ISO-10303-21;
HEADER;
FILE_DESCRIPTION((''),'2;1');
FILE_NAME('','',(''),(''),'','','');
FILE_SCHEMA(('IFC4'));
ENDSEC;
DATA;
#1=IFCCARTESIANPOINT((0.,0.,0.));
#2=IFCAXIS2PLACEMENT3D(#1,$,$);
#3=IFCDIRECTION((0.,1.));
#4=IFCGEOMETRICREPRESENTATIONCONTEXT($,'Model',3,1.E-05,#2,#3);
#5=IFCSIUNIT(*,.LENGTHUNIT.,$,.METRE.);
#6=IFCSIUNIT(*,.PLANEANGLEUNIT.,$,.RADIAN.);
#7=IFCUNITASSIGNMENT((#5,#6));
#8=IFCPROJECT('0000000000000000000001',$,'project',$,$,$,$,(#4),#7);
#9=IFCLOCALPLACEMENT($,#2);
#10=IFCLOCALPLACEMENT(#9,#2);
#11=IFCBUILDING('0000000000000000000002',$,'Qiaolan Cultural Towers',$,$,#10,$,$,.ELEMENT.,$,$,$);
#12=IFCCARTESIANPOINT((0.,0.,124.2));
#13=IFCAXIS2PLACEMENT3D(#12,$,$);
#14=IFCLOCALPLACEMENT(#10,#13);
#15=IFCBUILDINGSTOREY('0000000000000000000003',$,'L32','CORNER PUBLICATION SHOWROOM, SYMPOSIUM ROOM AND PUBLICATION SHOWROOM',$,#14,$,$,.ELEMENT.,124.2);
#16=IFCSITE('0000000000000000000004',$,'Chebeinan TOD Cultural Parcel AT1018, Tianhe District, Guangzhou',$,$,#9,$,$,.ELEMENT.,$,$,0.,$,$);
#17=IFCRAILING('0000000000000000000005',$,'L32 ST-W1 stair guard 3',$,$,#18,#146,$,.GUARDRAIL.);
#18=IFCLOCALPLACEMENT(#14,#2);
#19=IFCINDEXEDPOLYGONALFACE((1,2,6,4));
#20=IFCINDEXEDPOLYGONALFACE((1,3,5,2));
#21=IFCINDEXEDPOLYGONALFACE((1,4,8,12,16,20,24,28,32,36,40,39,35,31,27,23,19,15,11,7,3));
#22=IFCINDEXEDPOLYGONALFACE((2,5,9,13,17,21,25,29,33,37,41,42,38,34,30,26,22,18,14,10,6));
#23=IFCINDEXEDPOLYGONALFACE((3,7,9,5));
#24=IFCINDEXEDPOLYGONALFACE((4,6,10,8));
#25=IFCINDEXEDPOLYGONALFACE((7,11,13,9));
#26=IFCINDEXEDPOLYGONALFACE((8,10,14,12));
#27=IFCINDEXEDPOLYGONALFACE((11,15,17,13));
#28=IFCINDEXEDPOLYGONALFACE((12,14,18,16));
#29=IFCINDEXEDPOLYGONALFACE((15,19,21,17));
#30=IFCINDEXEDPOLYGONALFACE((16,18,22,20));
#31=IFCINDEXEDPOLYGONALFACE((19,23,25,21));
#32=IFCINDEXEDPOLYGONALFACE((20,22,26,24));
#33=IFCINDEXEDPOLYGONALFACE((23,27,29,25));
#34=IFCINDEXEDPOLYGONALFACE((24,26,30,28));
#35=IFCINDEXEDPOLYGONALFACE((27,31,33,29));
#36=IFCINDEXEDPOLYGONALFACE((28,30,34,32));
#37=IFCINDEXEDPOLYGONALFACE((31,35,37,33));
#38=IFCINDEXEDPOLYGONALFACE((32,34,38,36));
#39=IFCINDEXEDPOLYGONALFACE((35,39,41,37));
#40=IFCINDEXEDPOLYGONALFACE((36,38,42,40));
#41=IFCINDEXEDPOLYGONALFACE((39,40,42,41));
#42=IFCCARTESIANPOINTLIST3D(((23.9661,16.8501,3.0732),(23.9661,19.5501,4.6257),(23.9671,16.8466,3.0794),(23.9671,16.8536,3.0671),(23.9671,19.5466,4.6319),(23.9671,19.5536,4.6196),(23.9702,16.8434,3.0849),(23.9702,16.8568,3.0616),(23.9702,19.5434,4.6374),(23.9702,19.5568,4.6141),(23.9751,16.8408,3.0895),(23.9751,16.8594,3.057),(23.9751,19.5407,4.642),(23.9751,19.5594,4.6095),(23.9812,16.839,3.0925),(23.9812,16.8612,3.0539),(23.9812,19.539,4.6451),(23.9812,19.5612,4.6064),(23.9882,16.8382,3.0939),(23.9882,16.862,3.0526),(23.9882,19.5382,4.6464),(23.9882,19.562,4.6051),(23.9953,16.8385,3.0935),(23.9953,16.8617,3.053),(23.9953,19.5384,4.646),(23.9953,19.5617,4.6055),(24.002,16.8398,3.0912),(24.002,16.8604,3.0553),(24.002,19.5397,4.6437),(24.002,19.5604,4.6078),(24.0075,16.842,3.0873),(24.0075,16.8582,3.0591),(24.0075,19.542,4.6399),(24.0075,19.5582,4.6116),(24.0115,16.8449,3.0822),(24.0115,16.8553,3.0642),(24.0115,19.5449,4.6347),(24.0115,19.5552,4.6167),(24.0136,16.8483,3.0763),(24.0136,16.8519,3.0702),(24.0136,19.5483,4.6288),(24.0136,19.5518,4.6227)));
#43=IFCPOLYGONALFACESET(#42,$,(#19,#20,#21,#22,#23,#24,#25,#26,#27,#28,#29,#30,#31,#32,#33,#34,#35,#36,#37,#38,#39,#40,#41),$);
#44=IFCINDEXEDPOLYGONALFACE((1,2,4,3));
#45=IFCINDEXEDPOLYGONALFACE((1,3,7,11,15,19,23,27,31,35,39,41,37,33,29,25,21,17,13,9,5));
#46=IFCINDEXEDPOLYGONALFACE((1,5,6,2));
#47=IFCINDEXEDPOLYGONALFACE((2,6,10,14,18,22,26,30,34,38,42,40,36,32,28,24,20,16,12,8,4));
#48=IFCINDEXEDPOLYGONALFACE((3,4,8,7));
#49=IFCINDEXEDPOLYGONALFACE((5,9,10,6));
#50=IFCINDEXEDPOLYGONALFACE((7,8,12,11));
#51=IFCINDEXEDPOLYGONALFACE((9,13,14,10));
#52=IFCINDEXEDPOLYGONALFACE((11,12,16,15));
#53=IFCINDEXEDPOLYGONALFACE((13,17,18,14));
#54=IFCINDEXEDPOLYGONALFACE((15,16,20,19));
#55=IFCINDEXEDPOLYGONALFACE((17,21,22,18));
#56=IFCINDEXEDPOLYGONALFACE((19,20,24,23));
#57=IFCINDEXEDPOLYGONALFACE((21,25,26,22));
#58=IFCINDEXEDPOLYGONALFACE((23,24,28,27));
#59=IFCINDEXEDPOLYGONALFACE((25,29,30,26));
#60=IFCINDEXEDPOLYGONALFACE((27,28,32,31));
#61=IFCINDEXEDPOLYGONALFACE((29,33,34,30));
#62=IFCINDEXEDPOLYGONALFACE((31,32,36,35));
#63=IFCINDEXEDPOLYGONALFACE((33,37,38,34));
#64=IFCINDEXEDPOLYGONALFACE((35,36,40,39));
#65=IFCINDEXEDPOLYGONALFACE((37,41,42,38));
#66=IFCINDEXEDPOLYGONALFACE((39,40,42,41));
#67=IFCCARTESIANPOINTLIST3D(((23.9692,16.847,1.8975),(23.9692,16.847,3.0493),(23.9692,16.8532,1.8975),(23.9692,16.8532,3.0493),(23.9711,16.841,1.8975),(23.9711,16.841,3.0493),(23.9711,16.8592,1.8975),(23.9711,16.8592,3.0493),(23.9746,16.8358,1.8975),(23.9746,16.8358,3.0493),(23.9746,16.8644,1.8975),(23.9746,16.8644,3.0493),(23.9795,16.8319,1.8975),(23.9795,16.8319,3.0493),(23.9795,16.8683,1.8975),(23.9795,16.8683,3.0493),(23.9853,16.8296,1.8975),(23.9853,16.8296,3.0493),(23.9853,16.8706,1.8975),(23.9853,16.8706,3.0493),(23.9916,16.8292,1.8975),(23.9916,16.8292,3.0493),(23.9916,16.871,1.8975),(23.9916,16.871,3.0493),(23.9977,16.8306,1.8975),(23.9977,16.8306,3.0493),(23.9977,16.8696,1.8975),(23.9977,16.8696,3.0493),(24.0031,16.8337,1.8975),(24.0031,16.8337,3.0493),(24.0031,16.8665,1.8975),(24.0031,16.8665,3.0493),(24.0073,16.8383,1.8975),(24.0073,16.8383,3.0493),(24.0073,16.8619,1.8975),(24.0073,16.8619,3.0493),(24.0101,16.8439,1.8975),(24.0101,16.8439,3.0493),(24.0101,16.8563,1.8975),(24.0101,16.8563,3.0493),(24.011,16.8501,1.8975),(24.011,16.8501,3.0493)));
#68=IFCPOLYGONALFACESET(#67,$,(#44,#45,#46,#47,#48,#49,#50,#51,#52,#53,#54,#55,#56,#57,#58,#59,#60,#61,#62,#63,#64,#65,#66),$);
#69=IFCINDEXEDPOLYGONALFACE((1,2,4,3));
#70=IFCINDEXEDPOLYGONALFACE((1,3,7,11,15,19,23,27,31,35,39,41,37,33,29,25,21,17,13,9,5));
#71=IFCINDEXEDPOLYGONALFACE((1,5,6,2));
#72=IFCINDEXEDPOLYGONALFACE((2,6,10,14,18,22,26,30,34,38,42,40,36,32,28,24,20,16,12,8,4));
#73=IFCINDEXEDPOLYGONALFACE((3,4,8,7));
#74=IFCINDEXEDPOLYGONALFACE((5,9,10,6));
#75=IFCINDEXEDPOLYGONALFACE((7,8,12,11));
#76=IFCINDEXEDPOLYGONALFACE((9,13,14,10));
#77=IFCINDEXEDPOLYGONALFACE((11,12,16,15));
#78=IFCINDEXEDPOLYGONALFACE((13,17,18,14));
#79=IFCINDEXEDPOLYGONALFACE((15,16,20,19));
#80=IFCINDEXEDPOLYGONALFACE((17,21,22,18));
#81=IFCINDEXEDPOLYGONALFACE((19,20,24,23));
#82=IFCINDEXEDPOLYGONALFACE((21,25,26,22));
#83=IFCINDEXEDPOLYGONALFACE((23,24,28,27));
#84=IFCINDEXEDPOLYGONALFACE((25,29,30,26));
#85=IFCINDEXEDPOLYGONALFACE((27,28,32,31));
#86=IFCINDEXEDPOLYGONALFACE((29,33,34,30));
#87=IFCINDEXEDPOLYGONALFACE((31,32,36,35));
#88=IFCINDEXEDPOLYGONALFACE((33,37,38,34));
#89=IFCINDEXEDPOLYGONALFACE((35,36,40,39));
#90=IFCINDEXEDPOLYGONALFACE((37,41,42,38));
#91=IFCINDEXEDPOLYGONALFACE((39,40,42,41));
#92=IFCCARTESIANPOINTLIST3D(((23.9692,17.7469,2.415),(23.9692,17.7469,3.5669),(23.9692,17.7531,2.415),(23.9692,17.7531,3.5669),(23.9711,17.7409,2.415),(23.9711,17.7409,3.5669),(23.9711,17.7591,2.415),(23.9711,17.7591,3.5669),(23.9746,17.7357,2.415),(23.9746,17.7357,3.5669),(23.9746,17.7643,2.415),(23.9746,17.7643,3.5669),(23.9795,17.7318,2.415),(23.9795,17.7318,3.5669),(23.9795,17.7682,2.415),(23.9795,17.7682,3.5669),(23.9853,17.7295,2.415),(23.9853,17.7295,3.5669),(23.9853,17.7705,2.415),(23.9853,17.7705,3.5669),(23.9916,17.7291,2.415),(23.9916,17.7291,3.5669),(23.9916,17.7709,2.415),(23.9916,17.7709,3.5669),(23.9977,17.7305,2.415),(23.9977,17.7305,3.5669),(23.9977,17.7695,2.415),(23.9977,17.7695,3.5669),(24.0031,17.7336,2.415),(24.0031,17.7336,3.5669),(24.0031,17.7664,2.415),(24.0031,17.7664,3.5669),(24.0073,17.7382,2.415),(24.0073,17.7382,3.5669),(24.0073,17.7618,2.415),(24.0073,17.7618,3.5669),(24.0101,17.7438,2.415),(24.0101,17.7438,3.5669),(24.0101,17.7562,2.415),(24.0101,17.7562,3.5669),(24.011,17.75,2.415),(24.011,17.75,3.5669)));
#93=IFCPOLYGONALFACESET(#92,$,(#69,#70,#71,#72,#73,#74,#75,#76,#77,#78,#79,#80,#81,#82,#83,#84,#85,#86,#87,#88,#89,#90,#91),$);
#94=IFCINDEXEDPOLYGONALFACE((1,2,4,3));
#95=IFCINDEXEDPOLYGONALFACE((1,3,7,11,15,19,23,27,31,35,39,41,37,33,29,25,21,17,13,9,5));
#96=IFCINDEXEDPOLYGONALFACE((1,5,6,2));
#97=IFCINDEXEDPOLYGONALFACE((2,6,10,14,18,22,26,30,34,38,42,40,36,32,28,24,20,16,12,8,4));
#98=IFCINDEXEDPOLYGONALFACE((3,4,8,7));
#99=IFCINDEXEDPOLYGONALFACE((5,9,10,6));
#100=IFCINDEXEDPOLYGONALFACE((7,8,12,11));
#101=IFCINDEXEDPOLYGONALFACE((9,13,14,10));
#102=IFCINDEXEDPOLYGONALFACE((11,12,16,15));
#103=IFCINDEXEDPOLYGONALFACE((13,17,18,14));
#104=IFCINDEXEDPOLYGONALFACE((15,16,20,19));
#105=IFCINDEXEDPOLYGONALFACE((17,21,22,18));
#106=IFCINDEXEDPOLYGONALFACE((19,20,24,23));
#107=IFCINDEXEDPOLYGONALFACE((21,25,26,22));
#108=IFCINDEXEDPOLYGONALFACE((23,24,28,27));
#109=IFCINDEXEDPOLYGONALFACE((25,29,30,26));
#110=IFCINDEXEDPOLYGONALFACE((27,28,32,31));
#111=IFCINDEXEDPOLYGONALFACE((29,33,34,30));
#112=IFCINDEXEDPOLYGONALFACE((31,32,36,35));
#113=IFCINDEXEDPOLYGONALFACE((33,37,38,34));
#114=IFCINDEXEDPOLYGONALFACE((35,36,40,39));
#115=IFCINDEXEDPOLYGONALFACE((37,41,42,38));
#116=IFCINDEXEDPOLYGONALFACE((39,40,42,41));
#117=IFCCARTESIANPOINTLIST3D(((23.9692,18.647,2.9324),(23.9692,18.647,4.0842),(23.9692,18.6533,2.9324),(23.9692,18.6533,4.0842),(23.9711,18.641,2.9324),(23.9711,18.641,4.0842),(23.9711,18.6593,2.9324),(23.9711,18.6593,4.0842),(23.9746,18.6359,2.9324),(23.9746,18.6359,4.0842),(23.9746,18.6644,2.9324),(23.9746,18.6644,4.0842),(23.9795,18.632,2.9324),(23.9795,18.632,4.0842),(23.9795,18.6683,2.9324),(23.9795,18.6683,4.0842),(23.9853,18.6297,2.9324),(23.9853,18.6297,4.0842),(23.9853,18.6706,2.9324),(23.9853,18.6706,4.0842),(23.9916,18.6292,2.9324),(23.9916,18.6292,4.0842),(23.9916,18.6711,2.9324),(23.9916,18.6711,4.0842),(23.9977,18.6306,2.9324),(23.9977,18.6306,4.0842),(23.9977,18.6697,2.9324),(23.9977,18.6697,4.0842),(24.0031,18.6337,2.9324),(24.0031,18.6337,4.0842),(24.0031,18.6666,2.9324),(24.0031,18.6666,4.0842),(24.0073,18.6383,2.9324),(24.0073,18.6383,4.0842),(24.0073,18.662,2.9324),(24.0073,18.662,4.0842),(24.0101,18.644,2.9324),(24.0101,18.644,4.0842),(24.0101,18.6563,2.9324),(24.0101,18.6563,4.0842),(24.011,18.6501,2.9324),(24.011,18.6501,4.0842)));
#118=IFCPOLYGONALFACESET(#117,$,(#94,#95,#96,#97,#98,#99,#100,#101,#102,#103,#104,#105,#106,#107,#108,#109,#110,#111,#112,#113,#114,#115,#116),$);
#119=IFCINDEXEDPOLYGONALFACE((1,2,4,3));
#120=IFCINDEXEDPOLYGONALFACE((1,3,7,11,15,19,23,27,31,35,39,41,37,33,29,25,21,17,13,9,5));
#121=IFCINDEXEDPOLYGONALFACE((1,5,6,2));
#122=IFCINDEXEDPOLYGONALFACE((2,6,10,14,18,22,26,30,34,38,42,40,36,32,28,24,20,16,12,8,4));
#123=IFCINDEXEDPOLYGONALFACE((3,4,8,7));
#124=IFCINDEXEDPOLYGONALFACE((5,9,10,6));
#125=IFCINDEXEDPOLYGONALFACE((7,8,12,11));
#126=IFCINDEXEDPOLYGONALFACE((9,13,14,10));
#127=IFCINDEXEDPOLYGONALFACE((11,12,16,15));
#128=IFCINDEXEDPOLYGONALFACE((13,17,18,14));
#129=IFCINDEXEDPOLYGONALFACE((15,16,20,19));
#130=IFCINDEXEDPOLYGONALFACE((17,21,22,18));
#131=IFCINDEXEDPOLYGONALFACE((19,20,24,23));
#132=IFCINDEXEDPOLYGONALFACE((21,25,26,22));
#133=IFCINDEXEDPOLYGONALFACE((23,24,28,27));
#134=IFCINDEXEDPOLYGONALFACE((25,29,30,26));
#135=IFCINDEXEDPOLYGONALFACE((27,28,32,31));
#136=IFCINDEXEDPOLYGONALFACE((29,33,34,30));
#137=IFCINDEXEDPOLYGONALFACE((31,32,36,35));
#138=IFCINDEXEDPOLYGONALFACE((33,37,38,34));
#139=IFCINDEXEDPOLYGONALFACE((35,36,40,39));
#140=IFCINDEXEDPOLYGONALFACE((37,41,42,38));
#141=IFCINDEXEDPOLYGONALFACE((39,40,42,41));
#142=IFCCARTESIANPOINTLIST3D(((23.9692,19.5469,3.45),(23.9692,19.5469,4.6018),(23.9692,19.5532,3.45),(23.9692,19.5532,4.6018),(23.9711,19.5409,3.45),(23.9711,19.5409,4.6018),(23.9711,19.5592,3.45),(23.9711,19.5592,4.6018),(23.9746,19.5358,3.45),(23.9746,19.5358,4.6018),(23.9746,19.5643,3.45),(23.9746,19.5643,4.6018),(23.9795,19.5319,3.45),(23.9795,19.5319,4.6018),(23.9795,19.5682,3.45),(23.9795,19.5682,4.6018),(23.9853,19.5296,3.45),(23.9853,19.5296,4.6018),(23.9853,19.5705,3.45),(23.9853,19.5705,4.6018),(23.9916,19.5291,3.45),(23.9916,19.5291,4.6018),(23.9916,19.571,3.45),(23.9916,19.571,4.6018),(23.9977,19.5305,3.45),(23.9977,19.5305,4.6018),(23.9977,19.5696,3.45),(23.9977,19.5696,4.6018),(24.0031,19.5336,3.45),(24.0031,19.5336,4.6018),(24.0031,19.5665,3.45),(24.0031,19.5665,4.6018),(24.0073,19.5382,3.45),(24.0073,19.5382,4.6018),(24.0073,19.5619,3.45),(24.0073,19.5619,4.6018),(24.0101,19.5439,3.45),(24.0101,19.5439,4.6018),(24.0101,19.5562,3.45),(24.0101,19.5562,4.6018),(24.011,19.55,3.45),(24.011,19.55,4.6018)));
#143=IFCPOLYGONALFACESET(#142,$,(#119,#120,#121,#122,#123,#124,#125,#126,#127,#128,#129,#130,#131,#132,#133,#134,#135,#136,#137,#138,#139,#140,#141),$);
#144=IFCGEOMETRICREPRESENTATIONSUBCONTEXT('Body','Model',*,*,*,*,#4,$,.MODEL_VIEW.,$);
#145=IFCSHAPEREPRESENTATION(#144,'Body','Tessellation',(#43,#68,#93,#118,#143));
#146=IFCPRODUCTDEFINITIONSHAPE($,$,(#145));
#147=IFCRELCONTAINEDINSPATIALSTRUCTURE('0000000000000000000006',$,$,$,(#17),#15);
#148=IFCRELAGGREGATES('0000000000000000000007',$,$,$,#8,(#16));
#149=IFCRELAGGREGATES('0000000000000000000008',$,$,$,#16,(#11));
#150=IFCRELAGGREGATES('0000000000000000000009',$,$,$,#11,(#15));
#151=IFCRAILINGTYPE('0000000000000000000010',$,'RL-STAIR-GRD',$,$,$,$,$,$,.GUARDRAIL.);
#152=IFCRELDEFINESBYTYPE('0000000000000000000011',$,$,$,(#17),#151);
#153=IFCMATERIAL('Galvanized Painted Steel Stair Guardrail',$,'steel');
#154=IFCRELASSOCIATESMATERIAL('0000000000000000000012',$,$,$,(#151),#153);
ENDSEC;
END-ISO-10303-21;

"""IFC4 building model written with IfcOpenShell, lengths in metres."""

from ifc_helpers import new_model, si_unit, direction, frame, origin, origin_2d, place, context, subcontext, project, spatial, circle, extrude, material, type_object, element, save


model = new_model("IFC4")

# Units and contexts
model_context = context("Model", 3, precision=1e-05, world=origin(), true_north=direction((0.0, 1.0)))
body_context = subcontext(model_context, "Body", "Model", "MODEL_VIEW")
ifc_project = project(units=[si_unit("LENGTHUNIT", "METRE"), si_unit("PLANEANGLEUNIT", "RADIAN")], contexts=[model_context])

# Site, building, storey
site_placement = place(None, origin())
site = spatial("IfcSite", under=ifc_project, at=site_placement, Name="Chebeinan TOD Cultural Parcel AT1018, Tianhe District, Guangzhou", CompositionType="ELEMENT", RefElevation=0.0)
building_placement = place(site_placement, origin())
building = spatial("IfcBuilding", under=site, at=building_placement, Name="Qiaolan Cultural Towers", CompositionType="ELEMENT")
storey_placement = place(building_placement, frame((0.0, 0.0, 124.2)))
storey = spatial("IfcBuildingStorey", under=building, at=storey_placement, Name="L32", Description="CORNER PUBLICATION SHOWROOM, SYMPOSIUM ROOM AND PUBLICATION SHOWROOM", CompositionType="ELEMENT", Elevation=124.2)

# Railing
ifc_material_1 = material(Name="Galvanized Painted Steel Stair Guardrail", Category="steel")
railing_type_1 = type_object("IfcRailingType", Name="RL-STAIR-GRD", PredefinedType="GUARDRAIL", material=ifc_material_1)
railing_1_placement = place(storey_placement, frame((23.99, 16.8501, 1.8975)))
element("IfcRailing", 1, at=railing_1_placement, inside=storey, type_object=railing_type_1, Name="L32 ST-W1 stair guard 3", PredefinedType="GUARDRAIL", context=body_context, shape_type="SweptSolid", body=[
    extrude(circle(Radius=0.0239, at=origin_2d()), frame((0.0, 0.0, 1.1758), z_axis=(0.0, 0.866904, 0.498476), x_axis=(-1.0, 0.0, 0.0)), (0.0, 0.0, 1.0), 3.1145),
    extrude(circle(Radius=0.021, at=origin_2d()), origin(), (0.0, 0.0, 1.0), 1.1519),
    extrude(circle(Radius=0.021, at=origin_2d()), frame((0.0, 0.8999, 0.5176)), (0.0, 0.0, 1.0), 1.1519),
    extrude(circle(Radius=0.021, at=origin_2d()), frame((0.0, 1.8, 1.0349)), (0.0, 0.0, 1.0), 1.1519),
    extrude(circle(Radius=0.021, at=origin_2d()), frame((0.0, 2.7, 1.5525)), (0.0, 0.0, 1.0), 1.1519),
])

save(model, "model.ifc")
